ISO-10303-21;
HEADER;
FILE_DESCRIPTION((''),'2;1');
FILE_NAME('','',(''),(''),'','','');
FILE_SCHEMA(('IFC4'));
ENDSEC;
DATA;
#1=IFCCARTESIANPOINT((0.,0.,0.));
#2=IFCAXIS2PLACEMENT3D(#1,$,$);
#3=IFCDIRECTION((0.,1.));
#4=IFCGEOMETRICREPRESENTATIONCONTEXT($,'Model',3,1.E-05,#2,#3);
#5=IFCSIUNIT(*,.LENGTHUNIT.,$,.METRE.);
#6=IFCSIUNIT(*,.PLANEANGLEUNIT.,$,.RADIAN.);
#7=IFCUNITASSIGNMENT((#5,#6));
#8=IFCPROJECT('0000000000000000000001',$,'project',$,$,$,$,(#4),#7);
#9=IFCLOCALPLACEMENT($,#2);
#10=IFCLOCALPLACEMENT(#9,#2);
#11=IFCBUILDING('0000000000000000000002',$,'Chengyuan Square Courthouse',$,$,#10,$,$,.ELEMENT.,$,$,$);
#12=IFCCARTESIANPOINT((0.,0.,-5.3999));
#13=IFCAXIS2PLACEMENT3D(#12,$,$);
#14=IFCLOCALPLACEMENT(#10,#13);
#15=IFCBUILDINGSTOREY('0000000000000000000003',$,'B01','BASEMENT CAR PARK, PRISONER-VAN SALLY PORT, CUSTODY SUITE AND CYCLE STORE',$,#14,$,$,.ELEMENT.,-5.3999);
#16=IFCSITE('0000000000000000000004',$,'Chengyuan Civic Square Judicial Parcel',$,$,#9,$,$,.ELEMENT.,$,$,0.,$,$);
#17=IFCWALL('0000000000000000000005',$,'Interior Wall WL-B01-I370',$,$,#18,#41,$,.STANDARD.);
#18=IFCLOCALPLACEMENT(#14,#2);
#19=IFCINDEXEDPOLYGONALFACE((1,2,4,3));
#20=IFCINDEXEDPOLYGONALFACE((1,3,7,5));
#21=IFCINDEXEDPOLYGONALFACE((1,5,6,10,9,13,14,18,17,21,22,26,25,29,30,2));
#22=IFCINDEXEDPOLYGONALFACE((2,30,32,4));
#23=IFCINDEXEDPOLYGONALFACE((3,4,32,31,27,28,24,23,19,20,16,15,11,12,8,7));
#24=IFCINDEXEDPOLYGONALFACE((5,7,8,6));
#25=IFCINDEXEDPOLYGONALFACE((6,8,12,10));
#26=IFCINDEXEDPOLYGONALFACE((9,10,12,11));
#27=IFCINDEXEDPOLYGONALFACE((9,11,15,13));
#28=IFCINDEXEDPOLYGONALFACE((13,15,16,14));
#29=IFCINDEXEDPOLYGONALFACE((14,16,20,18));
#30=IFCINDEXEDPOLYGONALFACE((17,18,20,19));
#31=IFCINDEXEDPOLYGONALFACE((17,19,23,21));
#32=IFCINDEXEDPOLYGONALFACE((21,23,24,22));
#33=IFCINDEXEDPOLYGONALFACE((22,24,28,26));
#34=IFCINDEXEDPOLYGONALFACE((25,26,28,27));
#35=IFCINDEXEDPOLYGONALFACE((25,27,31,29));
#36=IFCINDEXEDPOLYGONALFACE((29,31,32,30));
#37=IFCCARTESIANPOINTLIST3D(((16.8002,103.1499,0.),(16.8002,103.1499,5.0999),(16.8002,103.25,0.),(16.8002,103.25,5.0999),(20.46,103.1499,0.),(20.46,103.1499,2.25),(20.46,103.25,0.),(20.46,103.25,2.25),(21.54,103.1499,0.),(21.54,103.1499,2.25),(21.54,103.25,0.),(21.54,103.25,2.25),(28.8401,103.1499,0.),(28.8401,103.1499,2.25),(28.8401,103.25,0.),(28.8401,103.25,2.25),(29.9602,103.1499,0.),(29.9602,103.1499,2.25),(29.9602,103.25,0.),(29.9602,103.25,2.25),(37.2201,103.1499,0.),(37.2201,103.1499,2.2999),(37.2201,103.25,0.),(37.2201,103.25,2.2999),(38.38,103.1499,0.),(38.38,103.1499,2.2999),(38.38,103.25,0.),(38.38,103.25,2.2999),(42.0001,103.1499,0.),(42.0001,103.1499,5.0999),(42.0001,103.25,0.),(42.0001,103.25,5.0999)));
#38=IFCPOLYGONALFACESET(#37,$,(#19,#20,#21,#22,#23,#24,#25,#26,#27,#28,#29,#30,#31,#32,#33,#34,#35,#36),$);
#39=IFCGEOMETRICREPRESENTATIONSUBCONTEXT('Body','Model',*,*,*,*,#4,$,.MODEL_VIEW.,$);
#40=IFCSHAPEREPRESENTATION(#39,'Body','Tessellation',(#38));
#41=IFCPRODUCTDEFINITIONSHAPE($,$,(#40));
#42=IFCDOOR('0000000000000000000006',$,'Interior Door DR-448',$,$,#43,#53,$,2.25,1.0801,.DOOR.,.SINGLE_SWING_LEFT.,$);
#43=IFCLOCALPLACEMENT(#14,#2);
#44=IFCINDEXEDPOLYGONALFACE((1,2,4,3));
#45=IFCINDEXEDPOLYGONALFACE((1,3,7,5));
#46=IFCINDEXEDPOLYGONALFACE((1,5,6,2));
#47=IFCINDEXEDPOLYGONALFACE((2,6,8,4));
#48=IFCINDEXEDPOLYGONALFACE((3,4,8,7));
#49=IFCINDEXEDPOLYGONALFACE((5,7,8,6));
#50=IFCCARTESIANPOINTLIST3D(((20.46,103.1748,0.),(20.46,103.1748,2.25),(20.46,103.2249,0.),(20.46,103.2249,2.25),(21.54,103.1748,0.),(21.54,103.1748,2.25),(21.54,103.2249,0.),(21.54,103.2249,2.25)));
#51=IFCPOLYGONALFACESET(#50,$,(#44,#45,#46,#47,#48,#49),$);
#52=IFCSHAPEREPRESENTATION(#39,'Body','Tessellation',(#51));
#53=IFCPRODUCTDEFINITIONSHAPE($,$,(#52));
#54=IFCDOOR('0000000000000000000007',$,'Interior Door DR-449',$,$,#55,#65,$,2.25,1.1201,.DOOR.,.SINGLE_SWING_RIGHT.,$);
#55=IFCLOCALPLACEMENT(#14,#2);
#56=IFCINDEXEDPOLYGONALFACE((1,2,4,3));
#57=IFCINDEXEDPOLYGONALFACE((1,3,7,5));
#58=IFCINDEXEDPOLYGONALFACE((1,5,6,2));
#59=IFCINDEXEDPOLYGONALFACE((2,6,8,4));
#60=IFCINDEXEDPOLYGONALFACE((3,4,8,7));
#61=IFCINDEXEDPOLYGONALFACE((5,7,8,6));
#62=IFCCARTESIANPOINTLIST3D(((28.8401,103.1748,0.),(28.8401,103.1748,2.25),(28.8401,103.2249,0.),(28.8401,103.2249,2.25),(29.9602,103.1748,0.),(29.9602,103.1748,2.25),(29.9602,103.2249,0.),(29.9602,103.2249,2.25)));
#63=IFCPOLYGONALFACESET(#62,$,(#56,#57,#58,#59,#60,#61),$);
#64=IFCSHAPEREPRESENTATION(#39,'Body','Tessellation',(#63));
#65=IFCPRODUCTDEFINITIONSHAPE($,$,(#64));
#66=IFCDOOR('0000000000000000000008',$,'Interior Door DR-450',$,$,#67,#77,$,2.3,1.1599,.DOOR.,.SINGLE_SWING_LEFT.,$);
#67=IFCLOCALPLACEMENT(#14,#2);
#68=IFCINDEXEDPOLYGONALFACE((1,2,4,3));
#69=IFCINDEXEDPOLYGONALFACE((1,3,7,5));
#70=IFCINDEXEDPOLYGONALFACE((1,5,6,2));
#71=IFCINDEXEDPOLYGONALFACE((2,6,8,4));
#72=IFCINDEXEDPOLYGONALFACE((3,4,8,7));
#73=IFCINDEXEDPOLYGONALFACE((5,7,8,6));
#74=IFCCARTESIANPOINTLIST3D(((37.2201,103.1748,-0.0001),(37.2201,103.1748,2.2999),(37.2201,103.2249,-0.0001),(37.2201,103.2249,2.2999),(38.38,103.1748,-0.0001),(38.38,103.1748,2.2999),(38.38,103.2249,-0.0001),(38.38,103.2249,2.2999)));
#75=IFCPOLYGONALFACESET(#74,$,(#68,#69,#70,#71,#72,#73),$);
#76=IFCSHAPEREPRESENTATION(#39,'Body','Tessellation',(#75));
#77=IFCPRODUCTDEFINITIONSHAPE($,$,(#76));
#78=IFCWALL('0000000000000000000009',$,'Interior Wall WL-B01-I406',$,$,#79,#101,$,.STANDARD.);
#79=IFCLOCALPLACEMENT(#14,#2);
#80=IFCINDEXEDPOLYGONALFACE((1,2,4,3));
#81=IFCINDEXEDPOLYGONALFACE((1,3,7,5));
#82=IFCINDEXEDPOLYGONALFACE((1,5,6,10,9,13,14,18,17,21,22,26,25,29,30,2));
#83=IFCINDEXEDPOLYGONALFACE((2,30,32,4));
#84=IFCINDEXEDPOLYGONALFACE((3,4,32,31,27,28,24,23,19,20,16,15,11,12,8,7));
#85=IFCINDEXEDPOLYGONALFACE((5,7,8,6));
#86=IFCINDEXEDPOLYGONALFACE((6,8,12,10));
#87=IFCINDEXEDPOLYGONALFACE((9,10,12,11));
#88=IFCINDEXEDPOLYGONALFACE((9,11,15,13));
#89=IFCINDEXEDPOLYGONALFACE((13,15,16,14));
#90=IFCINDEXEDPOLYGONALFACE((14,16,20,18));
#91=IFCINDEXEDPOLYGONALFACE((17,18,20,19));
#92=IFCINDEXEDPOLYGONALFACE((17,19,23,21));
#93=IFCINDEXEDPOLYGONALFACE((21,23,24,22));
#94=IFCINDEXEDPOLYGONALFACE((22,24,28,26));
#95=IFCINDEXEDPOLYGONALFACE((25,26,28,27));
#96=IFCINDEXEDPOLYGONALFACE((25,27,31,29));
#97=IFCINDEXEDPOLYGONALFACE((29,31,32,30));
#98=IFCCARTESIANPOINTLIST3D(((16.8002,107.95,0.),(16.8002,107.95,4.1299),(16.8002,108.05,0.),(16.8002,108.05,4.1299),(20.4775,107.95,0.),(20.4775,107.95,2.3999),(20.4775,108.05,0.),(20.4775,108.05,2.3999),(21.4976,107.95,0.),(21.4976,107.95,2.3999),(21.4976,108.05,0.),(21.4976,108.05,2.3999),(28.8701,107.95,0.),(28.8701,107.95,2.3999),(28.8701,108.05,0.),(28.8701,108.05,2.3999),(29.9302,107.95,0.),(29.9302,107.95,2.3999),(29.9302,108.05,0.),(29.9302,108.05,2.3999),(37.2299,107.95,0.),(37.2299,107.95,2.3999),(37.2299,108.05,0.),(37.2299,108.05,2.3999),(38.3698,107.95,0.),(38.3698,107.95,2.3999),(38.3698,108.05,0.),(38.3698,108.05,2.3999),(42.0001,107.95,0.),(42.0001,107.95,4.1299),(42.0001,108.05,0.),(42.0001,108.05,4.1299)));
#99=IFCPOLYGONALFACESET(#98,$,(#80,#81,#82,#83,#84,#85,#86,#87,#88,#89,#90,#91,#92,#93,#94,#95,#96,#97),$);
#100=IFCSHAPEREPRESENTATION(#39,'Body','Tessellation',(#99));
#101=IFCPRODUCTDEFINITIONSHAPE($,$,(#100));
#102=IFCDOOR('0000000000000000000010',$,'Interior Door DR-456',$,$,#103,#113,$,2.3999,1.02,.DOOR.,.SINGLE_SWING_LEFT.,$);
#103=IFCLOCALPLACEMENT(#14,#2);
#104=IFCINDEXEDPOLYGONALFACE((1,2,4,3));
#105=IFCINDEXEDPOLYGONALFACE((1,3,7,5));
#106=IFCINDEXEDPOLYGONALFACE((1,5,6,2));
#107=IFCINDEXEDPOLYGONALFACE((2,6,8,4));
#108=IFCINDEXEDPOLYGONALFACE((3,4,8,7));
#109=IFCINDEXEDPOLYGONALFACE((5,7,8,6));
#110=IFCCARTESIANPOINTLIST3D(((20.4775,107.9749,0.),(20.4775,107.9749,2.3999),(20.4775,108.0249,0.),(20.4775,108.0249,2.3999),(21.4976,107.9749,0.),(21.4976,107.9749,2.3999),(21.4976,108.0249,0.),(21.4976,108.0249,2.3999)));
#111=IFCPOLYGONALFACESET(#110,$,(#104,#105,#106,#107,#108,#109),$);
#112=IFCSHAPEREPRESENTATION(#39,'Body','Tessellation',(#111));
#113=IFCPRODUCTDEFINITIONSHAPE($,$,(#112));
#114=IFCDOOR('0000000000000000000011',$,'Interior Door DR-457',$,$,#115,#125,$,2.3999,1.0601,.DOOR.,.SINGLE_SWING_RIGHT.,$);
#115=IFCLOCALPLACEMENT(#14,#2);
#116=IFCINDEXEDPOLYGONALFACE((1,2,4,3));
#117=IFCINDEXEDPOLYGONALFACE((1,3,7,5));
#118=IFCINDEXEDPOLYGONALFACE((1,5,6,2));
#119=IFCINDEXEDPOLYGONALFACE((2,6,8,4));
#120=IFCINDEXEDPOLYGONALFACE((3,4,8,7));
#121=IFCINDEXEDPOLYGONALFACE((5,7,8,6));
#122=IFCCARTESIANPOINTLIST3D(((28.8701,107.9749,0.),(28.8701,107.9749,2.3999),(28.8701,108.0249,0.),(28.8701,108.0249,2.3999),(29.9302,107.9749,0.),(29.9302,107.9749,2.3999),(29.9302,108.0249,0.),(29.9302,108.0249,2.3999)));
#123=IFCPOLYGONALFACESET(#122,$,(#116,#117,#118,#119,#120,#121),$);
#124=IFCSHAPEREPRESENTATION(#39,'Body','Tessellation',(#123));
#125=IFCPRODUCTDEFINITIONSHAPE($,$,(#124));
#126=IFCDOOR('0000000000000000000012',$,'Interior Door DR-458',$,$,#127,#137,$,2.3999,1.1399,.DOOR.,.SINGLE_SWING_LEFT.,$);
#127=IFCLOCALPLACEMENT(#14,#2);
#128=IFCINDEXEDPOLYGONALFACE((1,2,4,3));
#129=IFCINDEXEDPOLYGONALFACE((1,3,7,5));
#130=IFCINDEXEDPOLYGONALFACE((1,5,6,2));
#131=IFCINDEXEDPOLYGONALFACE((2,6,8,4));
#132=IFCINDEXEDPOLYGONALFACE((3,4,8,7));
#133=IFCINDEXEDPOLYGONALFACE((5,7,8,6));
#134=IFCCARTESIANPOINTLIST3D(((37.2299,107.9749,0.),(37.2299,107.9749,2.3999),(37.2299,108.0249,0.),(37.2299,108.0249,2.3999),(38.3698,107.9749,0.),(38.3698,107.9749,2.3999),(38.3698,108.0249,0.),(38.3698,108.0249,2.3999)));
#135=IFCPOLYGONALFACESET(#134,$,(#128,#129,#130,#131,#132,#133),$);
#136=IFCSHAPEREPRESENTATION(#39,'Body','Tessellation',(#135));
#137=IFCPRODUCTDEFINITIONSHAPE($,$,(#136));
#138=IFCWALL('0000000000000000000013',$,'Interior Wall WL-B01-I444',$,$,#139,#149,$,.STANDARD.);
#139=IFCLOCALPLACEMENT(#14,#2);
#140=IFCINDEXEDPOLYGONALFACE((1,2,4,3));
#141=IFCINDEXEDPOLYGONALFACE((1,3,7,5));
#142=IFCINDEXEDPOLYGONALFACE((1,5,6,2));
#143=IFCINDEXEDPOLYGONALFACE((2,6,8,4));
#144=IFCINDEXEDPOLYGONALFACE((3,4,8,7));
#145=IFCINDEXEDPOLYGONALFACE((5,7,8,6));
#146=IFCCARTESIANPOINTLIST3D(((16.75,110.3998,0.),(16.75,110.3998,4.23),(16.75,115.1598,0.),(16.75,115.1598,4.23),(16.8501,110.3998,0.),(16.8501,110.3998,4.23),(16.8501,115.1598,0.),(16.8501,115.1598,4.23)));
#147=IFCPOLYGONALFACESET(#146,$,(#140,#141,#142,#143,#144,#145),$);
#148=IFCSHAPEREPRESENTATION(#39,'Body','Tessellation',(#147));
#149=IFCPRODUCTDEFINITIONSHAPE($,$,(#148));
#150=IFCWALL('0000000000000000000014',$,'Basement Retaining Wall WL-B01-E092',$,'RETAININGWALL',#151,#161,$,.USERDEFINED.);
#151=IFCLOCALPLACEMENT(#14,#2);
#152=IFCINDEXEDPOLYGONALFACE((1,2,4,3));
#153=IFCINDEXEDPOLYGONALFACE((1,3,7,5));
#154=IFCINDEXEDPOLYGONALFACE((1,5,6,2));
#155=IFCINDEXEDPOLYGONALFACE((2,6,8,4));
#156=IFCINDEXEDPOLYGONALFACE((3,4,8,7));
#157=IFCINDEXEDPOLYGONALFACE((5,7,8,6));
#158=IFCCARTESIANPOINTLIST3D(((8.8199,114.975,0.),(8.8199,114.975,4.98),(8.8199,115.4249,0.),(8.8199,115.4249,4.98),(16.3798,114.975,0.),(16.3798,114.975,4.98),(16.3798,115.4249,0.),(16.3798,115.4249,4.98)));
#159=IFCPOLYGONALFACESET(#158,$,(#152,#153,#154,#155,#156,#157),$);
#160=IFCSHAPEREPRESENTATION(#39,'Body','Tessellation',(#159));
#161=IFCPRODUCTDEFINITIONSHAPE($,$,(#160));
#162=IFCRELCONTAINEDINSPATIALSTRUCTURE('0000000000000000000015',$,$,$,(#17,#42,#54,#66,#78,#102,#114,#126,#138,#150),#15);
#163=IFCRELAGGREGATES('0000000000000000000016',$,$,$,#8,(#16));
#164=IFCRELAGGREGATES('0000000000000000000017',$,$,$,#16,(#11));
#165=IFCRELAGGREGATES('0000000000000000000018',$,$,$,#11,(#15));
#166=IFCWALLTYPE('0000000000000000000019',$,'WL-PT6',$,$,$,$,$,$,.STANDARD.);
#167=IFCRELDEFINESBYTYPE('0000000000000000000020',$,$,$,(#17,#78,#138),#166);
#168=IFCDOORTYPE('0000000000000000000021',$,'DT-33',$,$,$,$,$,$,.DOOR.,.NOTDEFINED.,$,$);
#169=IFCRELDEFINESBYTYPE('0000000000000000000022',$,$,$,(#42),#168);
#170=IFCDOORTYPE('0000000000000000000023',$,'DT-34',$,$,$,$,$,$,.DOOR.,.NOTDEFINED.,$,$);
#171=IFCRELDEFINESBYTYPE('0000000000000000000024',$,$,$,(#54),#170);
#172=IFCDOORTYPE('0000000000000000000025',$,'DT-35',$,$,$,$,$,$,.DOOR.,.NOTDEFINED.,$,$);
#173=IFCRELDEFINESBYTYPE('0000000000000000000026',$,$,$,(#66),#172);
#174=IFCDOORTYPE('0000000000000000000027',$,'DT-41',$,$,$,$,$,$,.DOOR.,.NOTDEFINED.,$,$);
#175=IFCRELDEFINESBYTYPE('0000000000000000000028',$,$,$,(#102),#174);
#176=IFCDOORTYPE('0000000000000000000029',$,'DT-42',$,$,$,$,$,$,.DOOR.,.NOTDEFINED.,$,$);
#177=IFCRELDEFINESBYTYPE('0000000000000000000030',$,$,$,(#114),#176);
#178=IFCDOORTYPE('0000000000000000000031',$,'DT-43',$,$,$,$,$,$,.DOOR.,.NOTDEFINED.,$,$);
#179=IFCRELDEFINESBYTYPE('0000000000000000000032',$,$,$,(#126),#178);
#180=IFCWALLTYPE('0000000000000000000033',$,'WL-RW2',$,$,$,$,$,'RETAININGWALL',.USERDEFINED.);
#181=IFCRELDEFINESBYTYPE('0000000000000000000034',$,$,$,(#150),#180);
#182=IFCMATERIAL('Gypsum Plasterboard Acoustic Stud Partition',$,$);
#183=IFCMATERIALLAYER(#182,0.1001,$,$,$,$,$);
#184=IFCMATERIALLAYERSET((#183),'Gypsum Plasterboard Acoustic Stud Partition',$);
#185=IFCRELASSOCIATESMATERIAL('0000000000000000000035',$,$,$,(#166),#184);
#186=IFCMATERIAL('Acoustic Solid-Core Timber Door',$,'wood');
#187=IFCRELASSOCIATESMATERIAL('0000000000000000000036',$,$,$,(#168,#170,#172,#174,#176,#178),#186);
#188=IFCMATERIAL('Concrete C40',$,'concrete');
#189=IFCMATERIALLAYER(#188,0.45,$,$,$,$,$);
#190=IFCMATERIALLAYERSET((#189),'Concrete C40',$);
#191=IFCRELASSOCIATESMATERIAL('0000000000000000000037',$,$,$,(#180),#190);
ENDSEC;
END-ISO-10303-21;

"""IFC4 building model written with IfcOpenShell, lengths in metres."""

from ifc_helpers import new_model, si_unit, direction, frame, frame_2d, origin, place, context, subcontext, project, spatial, rectangle, extrude, material, layer, layer_set, type_object, element, fill, save


model = new_model("IFC4")

# Units and contexts
model_context = context("Model", 3, precision=1e-05, world=origin(), true_north=direction((0.0, 1.0)))
body_context = subcontext(model_context, "Body", "Model", "MODEL_VIEW")
ifc_project = project(units=[si_unit("LENGTHUNIT", "METRE"), si_unit("PLANEANGLEUNIT", "RADIAN")], contexts=[model_context])

# Site, building, storey
site_placement = place(None, origin())
site = spatial("IfcSite", under=ifc_project, at=site_placement, Name="Chengyuan Civic Square Judicial Parcel", CompositionType="ELEMENT", RefElevation=0.0)
building_placement = place(site_placement, origin())
building = spatial("IfcBuilding", under=site, at=building_placement, Name="Chengyuan Square Courthouse", CompositionType="ELEMENT")
storey_placement = place(building_placement, frame((0.0, 0.0, -5.3999)))
storey = spatial("IfcBuildingStorey", under=building, at=storey_placement, Name="B01", Description="BASEMENT CAR PARK, PRISONER-VAN SALLY PORT, CUSTODY SUITE AND CYCLE STORE", CompositionType="ELEMENT", Elevation=-5.3999)

# Shared definitions
ifc_material_1 = material(Name="Concrete C40", Category="concrete")

# Walls, openings, doors
ifc_material_2 = material(Name="Gypsum Plasterboard Acoustic Stud Partition")
ifc_layer_1 = layer(ifc_material_2, 0.1001)
ifc_layer_set_1 = layer_set([ifc_layer_1], Name="Gypsum Plasterboard Acoustic Stud Partition")
wall_type_1 = type_object("IfcWallType", Name="WL-PT6", PredefinedType="STANDARD", material=ifc_layer_set_1)
ifc_material_3 = material(Name="Acoustic Solid-Core Timber Door", Category="wood")
wall_1_placement = place(storey_placement, frame((16.8, 103.2, 0.0), z_axis=(0.0, 0.0, 1.0), x_axis=(1.0, 0.0, 0.0)))
wall_1 = element("IfcWall", 1, at=wall_1_placement, inside=storey, type_object=wall_type_1, Name="Interior Wall WL-B01-I370", PredefinedType="STANDARD", context=body_context, shape_type="SweptSolid", body=[
    extrude(rectangle(XDim=25.2, YDim=0.1001, at=frame_2d((12.6001, 0.0))), origin(), (0.0, 0.0, 1.0), 5.0999),
])
opening_1_placement = place(wall_1_placement, frame((3.6599, 0.0, 0.0)))
opening_1 = element("IfcOpeningElement", 2, at=opening_1_placement, cuts=wall_1, PredefinedType="OPENING", context=body_context, shape_type="SweptSolid", body=[
    extrude(rectangle(XDim=1.0801, YDim=2.25, at=frame_2d((0.54, 1.125))), frame((0.0, 0.062, 0.0), z_axis=(0.0, -1.0, 0.0), x_axis=(1.0, 0.0, 0.0)), (0.0, 0.0, 1.0), 0.124),
])
opening_2_placement = place(wall_1_placement, frame((12.04, 0.0, 0.0)))
opening_2 = element("IfcOpeningElement", 3, at=opening_2_placement, cuts=wall_1, PredefinedType="OPENING", context=body_context, shape_type="SweptSolid", body=[
    extrude(rectangle(XDim=1.1201, YDim=2.25, at=frame_2d((0.5601, 1.125))), frame((0.0, 0.062, 0.0), z_axis=(0.0, -1.0, 0.0), x_axis=(1.0, 0.0, 0.0)), (0.0, 0.0, 1.0), 0.124),
])
opening_3_placement = place(wall_1_placement, frame((20.4199, 0.0, 0.0)))
opening_3 = element("IfcOpeningElement", 4, at=opening_3_placement, cuts=wall_1, PredefinedType="OPENING", context=body_context, shape_type="SweptSolid", body=[
    extrude(rectangle(XDim=1.1599, YDim=2.3, at=frame_2d((0.5801, 1.1499))), frame((0.0, 0.062, 0.0), z_axis=(0.0, -1.0, 0.0), x_axis=(1.0, 0.0, 0.0)), (0.0, 0.0, 1.0), 0.124),
])
door_type_1 = type_object("IfcDoorType", Name="DT-33", OperationType="NOTDEFINED", PredefinedType="DOOR", material=ifc_material_3)
door_1_placement = place(opening_1_placement, origin())
door_1 = element("IfcDoor", 5, at=door_1_placement, inside=storey, type_object=door_type_1, Name="Interior Door DR-448", OperationType="SINGLE_SWING_LEFT", OverallHeight=2.25, OverallWidth=1.0801, PredefinedType="DOOR", context=body_context, shape_type="SweptSolid", body=[
    extrude(rectangle(XDim=1.0801, YDim=2.25, at=frame_2d((0.54, 1.125))), frame((0.0, 0.0249, 0.0), z_axis=(0.0, -1.0, 0.0), x_axis=(1.0, 0.0, 0.0)), (0.0, 0.0, 1.0), 0.05),
])
fill(opening_1, door_1)
door_type_2 = type_object("IfcDoorType", Name="DT-34", OperationType="NOTDEFINED", PredefinedType="DOOR", material=ifc_material_3)
door_2_placement = place(opening_2_placement, origin())
door_2 = element("IfcDoor", 6, at=door_2_placement, inside=storey, type_object=door_type_2, Name="Interior Door DR-449", OperationType="SINGLE_SWING_RIGHT", OverallHeight=2.25, OverallWidth=1.1201, PredefinedType="DOOR", context=body_context, shape_type="SweptSolid", body=[
    extrude(rectangle(XDim=1.1201, YDim=2.25, at=frame_2d((0.5601, 1.125))), frame((0.0, 0.0249, 0.0), z_axis=(0.0, -1.0, 0.0), x_axis=(1.0, 0.0, 0.0)), (0.0, 0.0, 1.0), 0.05),
])
fill(opening_2, door_2)
door_type_3 = type_object("IfcDoorType", Name="DT-35", OperationType="NOTDEFINED", PredefinedType="DOOR", material=ifc_material_3)
door_3_placement = place(opening_3_placement, origin())
door_3 = element("IfcDoor", 7, at=door_3_placement, inside=storey, type_object=door_type_3, Name="Interior Door DR-450", OperationType="SINGLE_SWING_LEFT", OverallHeight=2.3, OverallWidth=1.1599, PredefinedType="DOOR", context=body_context, shape_type="SweptSolid", body=[
    extrude(rectangle(XDim=1.1599, YDim=2.3, at=frame_2d((0.5801, 1.1499))), frame((0.0, 0.0249, 0.0), z_axis=(0.0, -1.0, 0.0), x_axis=(1.0, 0.0, 0.0)), (0.0, 0.0, 1.0), 0.05),
])
fill(opening_3, door_3)
wall_2_placement = place(storey_placement, frame((16.8, 108.0, 0.0), z_axis=(0.0, 0.0, 1.0), x_axis=(1.0, 0.0, 0.0)))
wall_2 = element("IfcWall", 8, at=wall_2_placement, inside=storey, type_object=wall_type_1, Name="Interior Wall WL-B01-I406", PredefinedType="STANDARD", context=body_context, shape_type="SweptSolid", body=[
    extrude(rectangle(XDim=25.2, YDim=0.1001, at=frame_2d((12.6001, 0.0))), origin(), (0.0, 0.0, 1.0), 4.1299),
])
opening_4_placement = place(wall_2_placement, frame((3.6775, 0.0, 0.0)))
opening_4 = element("IfcOpeningElement", 9, at=opening_4_placement, cuts=wall_2, PredefinedType="OPENING", context=body_context, shape_type="SweptSolid", body=[
    extrude(rectangle(XDim=1.02, YDim=2.3999, at=frame_2d((0.51, 1.2))), frame((0.0, 0.062, 0.0), z_axis=(0.0, -1.0, 0.0), x_axis=(1.0, 0.0, 0.0)), (0.0, 0.0, 1.0), 0.124),
])
opening_5_placement = place(wall_2_placement, frame((12.0701, 0.0, 0.0)))
opening_5 = element("IfcOpeningElement", 10, at=opening_5_placement, cuts=wall_2, PredefinedType="OPENING", context=body_context, shape_type="SweptSolid", body=[
    extrude(rectangle(XDim=1.0601, YDim=2.3999, at=frame_2d((0.53, 1.2))), frame((0.0, 0.062, 0.0), z_axis=(0.0, -1.0, 0.0), x_axis=(1.0, 0.0, 0.0)), (0.0, 0.0, 1.0), 0.124),
])
opening_6_placement = place(wall_2_placement, frame((20.4299, 0.0, 0.0)))
opening_6 = element("IfcOpeningElement", 11, at=opening_6_placement, cuts=wall_2, PredefinedType="OPENING", context=body_context, shape_type="SweptSolid", body=[
    extrude(rectangle(XDim=1.1399, YDim=2.3999, at=frame_2d((0.5698, 1.2))), frame((0.0, 0.062, 0.0), z_axis=(0.0, -1.0, 0.0), x_axis=(1.0, 0.0, 0.0)), (0.0, 0.0, 1.0), 0.124),
])
door_type_4 = type_object("IfcDoorType", Name="DT-41", OperationType="NOTDEFINED", PredefinedType="DOOR", material=ifc_material_3)
door_4_placement = place(opening_4_placement, origin())
door_4 = element("IfcDoor", 12, at=door_4_placement, inside=storey, type_object=door_type_4, Name="Interior Door DR-456", OperationType="SINGLE_SWING_LEFT", OverallHeight=2.3999, OverallWidth=1.02, PredefinedType="DOOR", context=body_context, shape_type="SweptSolid", body=[
    extrude(rectangle(XDim=1.02, YDim=2.3999, at=frame_2d((0.51, 1.2))), frame((0.0, 0.0249, 0.0), z_axis=(0.0, -1.0, 0.0), x_axis=(1.0, 0.0, 0.0)), (0.0, 0.0, 1.0), 0.05),
])
fill(opening_4, door_4)
door_type_5 = type_object("IfcDoorType", Name="DT-42", OperationType="NOTDEFINED", PredefinedType="DOOR", material=ifc_material_3)
door_5_placement = place(opening_5_placement, origin())
door_5 = element("IfcDoor", 13, at=door_5_placement, inside=storey, type_object=door_type_5, Name="Interior Door DR-457", OperationType="SINGLE_SWING_RIGHT", OverallHeight=2.3999, OverallWidth=1.0601, PredefinedType="DOOR", context=body_context, shape_type="SweptSolid", body=[
    extrude(rectangle(XDim=1.0601, YDim=2.3999, at=frame_2d((0.53, 1.2))), frame((0.0, 0.0249, 0.0), z_axis=(0.0, -1.0, 0.0), x_axis=(1.0, 0.0, 0.0)), (0.0, 0.0, 1.0), 0.05),
])
fill(opening_5, door_5)
door_type_6 = type_object("IfcDoorType", Name="DT-43", OperationType="NOTDEFINED", PredefinedType="DOOR", material=ifc_material_3)
door_6_placement = place(opening_6_placement, origin())
door_6 = element("IfcDoor", 14, at=door_6_placement, inside=storey, type_object=door_type_6, Name="Interior Door DR-458", OperationType="SINGLE_SWING_LEFT", OverallHeight=2.3999, OverallWidth=1.1399, PredefinedType="DOOR", context=body_context, shape_type="SweptSolid", body=[
    extrude(rectangle(XDim=1.1399, YDim=2.3999, at=frame_2d((0.5698, 1.2))), frame((0.0, 0.0249, 0.0), z_axis=(0.0, -1.0, 0.0), x_axis=(1.0, 0.0, 0.0)), (0.0, 0.0, 1.0), 0.05),
])
fill(opening_6, door_6)

# Walls
wall_3_placement = place(storey_placement, frame((16.8, 110.3999, 0.0), z_axis=(0.0, 0.0, 1.0), x_axis=(0.0, 1.0, 0.0)))
element("IfcWall", 15, at=wall_3_placement, inside=storey, type_object=wall_type_1, Name="Interior Wall WL-B01-I444", PredefinedType="STANDARD", context=body_context, shape_type="SweptSolid", body=[
    extrude(rectangle(XDim=4.76, YDim=0.1001, at=frame_2d((2.3799, 0.0))), origin(), (0.0, 0.0, 1.0), 4.23),
])
ifc_layer_2 = layer(ifc_material_1, 0.45)
ifc_layer_set_2 = layer_set([ifc_layer_2], Name="Concrete C40")
wall_type_2 = type_object("IfcWallType", Name="WL-RW2", ElementType="RETAININGWALL", PredefinedType="USERDEFINED", material=ifc_layer_set_2)
wall_4_placement = place(storey_placement, frame((8.8201, 115.2, 0.0), z_axis=(0.0, 0.0, 1.0), x_axis=(1.0, 0.0, 0.0)))
element("IfcWall", 16, at=wall_4_placement, inside=storey, type_object=wall_type_2, Name="Basement Retaining Wall WL-B01-E092", ObjectType="RETAININGWALL", PredefinedType="USERDEFINED", context=body_context, shape_type="SweptSolid", body=[
    extrude(rectangle(XDim=7.5598, YDim=0.45, at=frame_2d((3.7798, 0.0))), origin(), (0.0, 0.0, 1.0), 4.98),
])

save(model, "model.ifc")
